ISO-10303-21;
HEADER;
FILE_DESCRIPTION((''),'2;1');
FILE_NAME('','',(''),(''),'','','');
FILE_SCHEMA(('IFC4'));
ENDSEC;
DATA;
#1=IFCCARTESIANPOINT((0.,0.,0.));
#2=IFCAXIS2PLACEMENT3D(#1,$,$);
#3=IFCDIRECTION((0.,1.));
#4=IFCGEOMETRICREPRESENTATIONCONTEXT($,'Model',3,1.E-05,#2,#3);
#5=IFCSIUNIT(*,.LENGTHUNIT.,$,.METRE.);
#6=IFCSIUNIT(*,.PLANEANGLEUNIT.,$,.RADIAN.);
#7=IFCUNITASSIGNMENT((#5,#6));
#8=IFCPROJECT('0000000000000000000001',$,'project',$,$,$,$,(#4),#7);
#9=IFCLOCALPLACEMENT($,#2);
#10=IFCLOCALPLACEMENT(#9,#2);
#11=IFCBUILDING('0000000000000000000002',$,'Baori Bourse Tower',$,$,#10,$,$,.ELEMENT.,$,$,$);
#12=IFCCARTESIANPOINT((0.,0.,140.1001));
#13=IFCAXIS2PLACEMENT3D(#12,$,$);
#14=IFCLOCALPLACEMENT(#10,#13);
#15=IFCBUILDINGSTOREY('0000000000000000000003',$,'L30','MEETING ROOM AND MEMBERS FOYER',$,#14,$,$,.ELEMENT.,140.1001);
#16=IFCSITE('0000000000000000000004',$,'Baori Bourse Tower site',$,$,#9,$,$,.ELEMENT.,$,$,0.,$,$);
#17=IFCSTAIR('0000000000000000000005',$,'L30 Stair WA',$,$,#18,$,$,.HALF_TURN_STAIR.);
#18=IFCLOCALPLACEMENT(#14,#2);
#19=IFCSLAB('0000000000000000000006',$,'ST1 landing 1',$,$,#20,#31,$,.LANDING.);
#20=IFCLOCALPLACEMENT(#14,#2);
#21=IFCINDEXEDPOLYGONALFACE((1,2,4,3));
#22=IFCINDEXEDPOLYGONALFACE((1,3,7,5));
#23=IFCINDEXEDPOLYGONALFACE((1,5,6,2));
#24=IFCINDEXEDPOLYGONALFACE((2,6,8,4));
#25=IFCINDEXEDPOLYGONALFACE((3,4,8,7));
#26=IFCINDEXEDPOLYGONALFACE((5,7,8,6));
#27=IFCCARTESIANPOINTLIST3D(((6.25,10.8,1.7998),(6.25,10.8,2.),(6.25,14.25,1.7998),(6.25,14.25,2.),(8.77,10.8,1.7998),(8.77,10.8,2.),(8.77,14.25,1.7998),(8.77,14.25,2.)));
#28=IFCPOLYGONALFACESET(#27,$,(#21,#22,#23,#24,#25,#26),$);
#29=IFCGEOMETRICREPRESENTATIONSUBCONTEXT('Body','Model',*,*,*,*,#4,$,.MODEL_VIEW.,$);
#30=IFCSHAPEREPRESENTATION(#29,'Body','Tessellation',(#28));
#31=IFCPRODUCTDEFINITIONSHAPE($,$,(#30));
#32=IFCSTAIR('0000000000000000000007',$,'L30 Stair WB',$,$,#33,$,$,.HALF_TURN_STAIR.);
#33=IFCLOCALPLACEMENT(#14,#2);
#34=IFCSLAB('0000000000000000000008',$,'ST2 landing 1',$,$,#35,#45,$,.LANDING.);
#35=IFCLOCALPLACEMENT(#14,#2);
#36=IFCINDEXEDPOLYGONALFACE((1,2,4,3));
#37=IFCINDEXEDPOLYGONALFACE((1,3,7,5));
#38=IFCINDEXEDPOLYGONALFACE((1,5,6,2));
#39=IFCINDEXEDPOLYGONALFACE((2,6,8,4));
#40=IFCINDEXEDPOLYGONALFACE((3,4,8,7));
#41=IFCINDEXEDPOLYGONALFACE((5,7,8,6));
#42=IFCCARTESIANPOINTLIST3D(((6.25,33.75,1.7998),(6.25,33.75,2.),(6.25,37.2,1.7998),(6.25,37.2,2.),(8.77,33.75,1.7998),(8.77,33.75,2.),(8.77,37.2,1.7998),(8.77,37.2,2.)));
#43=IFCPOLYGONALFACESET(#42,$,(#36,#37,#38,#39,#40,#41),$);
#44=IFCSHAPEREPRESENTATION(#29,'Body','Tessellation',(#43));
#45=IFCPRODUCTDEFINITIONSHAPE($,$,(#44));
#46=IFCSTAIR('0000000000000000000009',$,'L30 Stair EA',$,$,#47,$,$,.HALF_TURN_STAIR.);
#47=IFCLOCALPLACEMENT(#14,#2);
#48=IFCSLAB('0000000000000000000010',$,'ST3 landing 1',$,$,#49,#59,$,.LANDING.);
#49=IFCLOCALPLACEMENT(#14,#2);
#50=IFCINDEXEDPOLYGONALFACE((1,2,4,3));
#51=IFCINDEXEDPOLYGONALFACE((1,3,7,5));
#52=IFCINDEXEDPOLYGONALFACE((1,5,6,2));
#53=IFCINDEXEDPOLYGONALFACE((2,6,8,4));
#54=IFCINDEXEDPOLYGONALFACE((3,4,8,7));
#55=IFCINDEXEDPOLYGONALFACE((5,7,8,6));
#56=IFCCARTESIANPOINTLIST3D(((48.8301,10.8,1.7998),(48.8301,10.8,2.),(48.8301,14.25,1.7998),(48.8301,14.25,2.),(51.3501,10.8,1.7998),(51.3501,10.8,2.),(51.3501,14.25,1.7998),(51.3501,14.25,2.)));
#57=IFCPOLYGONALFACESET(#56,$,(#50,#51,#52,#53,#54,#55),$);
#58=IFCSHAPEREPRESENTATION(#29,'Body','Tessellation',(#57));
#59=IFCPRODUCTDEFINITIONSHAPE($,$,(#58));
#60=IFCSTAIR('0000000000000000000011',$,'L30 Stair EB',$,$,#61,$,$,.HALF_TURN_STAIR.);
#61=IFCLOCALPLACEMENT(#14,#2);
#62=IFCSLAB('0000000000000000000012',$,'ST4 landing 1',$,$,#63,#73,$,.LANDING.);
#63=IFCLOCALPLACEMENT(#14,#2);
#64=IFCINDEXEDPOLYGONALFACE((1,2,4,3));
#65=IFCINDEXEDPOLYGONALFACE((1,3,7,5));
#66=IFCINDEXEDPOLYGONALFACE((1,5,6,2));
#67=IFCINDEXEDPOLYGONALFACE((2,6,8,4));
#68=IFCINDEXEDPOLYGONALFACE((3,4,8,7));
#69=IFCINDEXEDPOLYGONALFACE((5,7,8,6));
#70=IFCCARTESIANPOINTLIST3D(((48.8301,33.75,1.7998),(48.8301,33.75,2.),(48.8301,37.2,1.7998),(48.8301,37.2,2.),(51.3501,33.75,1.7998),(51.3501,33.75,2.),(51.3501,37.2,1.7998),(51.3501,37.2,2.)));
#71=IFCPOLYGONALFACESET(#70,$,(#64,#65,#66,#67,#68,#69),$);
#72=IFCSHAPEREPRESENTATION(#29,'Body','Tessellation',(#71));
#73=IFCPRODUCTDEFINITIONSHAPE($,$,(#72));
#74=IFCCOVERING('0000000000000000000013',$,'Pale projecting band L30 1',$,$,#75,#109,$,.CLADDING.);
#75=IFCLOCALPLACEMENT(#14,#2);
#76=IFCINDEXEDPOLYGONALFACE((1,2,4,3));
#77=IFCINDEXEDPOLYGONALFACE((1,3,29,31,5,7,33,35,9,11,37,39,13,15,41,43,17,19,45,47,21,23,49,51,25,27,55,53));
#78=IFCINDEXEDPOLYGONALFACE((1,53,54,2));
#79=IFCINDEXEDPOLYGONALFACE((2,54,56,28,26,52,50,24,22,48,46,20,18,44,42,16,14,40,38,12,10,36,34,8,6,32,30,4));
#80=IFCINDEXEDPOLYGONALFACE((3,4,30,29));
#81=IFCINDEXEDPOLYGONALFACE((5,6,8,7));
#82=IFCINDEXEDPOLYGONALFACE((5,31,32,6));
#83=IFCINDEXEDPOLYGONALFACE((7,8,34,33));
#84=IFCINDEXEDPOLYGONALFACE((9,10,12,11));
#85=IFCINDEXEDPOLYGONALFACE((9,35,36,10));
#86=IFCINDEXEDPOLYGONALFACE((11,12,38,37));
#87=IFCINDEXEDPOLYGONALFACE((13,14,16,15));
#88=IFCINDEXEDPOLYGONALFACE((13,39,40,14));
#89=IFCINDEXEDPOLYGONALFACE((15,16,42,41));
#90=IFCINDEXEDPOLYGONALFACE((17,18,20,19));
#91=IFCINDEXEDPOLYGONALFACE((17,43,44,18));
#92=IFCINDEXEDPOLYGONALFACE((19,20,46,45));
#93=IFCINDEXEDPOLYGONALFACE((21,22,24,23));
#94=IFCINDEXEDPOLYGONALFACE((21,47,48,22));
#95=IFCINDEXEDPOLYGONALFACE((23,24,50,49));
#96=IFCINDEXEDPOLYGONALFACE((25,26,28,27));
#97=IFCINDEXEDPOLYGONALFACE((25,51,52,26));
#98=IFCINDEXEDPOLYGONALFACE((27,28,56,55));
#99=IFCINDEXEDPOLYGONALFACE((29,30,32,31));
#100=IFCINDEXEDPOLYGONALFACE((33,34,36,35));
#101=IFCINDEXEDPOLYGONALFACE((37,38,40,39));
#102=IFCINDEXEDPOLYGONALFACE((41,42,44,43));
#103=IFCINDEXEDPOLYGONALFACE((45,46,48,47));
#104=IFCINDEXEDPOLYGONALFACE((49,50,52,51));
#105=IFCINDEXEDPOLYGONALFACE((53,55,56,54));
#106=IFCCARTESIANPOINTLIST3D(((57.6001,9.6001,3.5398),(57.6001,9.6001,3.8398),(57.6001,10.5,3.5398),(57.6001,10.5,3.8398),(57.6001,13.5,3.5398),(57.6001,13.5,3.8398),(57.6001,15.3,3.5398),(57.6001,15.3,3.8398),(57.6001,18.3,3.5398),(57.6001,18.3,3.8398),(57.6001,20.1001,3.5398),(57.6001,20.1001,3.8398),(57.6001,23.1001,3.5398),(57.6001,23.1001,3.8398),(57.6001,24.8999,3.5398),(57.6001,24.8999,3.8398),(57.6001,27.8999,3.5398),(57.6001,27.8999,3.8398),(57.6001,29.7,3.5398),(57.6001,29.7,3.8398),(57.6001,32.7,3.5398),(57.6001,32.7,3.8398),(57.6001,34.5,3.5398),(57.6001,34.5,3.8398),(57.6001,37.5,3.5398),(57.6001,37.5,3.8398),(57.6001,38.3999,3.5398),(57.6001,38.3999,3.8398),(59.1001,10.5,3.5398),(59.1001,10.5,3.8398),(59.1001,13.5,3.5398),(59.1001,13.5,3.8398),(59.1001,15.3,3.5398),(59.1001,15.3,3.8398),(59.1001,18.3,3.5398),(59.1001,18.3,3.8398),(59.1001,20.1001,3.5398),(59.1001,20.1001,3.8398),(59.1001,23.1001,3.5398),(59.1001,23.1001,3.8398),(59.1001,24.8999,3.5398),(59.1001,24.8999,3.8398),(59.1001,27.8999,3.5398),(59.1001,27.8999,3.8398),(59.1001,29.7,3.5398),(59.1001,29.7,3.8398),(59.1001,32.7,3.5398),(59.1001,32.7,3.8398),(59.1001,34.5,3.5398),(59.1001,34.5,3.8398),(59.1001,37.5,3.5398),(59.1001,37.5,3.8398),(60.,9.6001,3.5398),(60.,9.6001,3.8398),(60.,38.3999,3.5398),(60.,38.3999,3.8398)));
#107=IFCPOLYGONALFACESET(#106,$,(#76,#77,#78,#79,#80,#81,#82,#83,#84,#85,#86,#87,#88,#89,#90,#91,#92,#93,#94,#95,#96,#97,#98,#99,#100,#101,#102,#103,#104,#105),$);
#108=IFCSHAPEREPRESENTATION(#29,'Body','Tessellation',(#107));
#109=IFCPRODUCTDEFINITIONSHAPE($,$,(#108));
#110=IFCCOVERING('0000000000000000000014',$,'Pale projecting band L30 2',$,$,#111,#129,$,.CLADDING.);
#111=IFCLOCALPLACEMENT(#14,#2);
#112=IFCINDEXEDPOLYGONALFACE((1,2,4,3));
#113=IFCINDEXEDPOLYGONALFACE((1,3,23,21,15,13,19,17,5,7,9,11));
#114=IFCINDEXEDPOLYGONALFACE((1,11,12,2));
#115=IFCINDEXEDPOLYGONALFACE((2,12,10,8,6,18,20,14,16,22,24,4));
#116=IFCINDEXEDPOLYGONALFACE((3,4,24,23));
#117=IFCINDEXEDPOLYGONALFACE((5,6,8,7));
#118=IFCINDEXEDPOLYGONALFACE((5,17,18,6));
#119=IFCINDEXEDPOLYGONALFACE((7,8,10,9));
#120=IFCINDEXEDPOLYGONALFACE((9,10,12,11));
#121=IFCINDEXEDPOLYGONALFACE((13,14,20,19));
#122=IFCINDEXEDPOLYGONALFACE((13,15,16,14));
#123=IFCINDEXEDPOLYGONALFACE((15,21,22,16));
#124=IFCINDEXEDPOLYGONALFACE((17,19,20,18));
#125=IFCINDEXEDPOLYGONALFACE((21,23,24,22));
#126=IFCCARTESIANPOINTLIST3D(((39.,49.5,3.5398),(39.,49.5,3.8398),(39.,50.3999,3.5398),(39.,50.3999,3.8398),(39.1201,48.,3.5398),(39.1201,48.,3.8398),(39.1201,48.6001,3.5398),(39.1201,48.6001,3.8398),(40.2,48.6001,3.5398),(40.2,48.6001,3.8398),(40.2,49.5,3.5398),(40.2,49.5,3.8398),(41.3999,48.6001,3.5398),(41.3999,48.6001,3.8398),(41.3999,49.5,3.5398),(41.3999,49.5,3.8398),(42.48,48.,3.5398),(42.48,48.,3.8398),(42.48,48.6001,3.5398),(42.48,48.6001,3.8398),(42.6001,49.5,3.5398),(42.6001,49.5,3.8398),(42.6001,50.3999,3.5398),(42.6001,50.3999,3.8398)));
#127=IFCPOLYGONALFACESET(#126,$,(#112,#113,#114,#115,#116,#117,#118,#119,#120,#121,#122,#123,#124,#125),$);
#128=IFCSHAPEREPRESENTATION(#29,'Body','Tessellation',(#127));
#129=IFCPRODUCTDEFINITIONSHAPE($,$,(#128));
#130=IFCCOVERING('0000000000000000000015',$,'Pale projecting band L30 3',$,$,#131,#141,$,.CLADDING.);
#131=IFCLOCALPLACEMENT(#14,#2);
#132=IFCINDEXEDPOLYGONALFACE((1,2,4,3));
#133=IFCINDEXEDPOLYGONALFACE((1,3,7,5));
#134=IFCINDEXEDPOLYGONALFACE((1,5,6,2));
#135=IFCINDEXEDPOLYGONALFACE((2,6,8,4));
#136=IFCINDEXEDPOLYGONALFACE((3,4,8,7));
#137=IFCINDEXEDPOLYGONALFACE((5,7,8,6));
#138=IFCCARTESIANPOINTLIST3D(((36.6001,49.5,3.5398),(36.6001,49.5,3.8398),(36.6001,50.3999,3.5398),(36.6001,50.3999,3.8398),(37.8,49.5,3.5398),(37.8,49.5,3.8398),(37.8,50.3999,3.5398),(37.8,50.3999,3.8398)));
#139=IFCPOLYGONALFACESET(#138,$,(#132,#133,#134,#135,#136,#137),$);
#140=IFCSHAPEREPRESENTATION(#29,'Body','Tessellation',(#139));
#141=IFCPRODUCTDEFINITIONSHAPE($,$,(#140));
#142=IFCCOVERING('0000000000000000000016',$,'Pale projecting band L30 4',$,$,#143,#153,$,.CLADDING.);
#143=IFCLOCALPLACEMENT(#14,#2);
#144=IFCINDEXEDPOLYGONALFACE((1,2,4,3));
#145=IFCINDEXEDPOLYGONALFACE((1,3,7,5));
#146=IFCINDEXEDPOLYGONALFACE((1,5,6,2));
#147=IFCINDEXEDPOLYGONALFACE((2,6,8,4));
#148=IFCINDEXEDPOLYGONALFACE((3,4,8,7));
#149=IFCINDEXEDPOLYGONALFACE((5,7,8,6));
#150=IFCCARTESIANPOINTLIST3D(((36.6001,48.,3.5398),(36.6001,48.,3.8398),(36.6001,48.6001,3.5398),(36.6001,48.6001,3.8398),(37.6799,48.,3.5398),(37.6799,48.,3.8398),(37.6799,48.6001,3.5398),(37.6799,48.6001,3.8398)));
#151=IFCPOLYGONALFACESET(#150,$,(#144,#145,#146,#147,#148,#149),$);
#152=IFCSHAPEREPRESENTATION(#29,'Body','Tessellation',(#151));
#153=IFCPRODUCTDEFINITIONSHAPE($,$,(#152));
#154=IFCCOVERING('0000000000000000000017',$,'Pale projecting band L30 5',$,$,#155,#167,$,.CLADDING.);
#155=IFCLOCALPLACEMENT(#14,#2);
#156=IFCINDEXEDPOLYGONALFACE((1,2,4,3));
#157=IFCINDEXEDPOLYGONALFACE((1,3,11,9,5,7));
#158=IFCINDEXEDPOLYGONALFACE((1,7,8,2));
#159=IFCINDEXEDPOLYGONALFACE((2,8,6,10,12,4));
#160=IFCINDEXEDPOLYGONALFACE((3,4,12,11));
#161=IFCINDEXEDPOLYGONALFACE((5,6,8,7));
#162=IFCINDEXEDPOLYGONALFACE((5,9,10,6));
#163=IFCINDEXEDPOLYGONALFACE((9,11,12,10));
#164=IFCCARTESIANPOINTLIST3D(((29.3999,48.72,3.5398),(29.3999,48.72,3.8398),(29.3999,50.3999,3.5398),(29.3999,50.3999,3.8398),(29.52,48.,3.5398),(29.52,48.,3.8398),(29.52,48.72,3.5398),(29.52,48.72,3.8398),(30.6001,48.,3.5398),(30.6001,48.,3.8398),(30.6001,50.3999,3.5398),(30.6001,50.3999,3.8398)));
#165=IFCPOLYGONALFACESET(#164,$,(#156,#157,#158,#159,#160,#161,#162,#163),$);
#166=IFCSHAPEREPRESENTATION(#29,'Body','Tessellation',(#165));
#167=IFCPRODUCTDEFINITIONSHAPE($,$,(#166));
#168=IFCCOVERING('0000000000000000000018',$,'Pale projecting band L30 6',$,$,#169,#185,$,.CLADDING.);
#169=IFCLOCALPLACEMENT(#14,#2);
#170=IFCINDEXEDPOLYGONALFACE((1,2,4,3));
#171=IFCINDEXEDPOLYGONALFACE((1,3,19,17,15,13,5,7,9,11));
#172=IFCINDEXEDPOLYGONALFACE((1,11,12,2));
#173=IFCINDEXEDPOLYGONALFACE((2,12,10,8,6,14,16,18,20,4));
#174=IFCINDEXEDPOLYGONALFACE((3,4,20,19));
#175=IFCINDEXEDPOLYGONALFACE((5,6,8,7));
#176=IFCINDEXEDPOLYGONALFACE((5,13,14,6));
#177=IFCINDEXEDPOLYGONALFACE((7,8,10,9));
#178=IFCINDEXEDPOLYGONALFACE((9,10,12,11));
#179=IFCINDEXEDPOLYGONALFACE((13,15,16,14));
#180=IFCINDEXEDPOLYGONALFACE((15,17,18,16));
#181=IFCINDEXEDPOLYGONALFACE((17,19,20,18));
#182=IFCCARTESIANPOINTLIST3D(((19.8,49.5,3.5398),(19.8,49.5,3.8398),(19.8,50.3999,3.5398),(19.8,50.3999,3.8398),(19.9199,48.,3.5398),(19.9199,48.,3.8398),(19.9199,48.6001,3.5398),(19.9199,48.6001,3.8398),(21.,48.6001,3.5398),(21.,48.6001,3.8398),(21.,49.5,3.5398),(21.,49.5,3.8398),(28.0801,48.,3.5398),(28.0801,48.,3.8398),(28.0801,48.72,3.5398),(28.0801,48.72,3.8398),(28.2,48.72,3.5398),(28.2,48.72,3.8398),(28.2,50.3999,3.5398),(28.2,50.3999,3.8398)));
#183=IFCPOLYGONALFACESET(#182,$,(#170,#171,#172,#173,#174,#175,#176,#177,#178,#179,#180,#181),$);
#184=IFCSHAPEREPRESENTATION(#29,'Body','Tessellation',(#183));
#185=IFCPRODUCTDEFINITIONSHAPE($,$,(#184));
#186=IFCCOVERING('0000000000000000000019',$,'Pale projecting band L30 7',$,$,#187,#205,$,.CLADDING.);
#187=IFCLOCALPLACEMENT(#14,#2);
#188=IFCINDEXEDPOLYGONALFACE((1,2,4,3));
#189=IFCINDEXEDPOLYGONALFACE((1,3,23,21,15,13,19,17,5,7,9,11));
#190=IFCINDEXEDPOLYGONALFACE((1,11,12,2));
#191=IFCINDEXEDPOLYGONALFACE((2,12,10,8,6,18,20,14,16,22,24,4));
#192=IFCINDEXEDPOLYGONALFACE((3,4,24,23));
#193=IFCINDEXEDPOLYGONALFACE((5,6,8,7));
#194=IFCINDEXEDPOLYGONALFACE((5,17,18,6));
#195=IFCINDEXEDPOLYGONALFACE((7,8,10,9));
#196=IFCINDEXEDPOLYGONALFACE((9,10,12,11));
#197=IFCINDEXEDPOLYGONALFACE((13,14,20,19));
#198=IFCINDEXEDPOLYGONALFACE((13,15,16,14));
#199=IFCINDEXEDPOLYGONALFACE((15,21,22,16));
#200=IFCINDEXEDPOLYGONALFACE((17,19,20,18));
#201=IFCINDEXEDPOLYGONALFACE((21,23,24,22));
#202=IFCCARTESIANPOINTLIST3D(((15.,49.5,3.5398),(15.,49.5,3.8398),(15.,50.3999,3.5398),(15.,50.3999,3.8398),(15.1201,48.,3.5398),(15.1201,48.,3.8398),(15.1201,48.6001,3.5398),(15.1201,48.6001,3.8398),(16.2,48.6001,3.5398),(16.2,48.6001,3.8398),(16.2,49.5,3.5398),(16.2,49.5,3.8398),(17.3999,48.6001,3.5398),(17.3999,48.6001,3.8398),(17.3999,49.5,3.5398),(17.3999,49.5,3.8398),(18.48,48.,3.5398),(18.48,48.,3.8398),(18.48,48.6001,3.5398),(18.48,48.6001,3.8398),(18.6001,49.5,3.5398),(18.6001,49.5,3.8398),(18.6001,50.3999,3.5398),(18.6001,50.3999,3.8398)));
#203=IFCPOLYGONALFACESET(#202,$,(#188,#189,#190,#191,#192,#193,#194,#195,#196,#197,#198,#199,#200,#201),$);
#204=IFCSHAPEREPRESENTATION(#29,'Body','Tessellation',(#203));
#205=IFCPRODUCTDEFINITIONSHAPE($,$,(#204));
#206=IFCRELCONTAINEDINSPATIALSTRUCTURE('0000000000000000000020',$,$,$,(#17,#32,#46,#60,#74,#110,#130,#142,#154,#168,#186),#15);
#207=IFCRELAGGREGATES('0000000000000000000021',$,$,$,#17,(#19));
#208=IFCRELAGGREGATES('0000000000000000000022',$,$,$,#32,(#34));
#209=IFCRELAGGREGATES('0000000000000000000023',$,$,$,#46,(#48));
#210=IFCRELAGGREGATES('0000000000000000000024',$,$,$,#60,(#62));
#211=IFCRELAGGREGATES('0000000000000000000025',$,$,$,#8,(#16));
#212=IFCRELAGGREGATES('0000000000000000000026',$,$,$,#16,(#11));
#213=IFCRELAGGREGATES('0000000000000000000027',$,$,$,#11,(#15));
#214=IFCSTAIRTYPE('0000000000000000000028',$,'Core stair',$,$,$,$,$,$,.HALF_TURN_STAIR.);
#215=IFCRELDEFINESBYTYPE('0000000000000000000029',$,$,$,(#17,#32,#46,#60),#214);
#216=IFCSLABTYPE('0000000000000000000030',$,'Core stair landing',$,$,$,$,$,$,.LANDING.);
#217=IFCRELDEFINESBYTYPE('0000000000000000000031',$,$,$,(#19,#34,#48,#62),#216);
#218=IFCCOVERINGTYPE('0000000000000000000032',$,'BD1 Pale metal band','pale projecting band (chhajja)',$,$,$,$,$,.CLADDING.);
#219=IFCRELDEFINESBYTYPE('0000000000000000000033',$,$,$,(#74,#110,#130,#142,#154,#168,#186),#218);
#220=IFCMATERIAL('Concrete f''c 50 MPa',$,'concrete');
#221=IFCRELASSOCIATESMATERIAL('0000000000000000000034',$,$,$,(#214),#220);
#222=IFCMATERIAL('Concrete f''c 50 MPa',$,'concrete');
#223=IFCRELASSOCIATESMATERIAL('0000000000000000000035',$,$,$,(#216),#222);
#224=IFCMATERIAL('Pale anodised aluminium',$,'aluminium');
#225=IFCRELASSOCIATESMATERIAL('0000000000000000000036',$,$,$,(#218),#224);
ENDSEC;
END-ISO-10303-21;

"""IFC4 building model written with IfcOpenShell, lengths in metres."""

from ifc_helpers import new_model, si_unit, direction, frame, origin, place, context, subcontext, project, spatial, polyline, outline, extrude, material, type_object, element, aggregate, save


model = new_model("IFC4")

# Units and contexts
model_context = context("Model", 3, precision=1e-05, world=origin(), true_north=direction((0.0, 1.0)))
body_context = subcontext(model_context, "Body", "Model", "MODEL_VIEW")
ifc_project = project(units=[si_unit("LENGTHUNIT", "METRE"), si_unit("PLANEANGLEUNIT", "RADIAN")], contexts=[model_context])

# Site, building, storey
site_placement = place(None, origin())
site = spatial("IfcSite", under=ifc_project, at=site_placement, Name="Baori Bourse Tower site", CompositionType="ELEMENT", RefElevation=0.0)
building_placement = place(site_placement, origin())
building = spatial("IfcBuilding", under=site, at=building_placement, Name="Baori Bourse Tower", CompositionType="ELEMENT")
storey_placement = place(building_placement, frame((0.0, 0.0, 140.1001)))
storey = spatial("IfcBuildingStorey", under=building, at=storey_placement, Name="L30", Description="MEETING ROOM AND MEMBERS FOYER", CompositionType="ELEMENT", Elevation=140.1001)

# Stairs, slabs
ifc_material_1 = material(Name="Concrete f'c 50 MPa", Category="concrete")
stair_type = type_object("IfcStairType", Name="Core stair", PredefinedType="HALF_TURN_STAIR", material=ifc_material_1)
stair_1_placement = place(storey_placement, origin())
stair_1 = element("IfcStair", 1, at=stair_1_placement, inside=storey, type_object=stair_type, Name="L30 Stair WA", PredefinedType="HALF_TURN_STAIR")
ifc_material_2 = material(Name="Concrete f'c 50 MPa", Category="concrete")
slab_type = type_object("IfcSlabType", Name="Core stair landing", PredefinedType="LANDING", material=ifc_material_2)
slab_1_placement = place(storey_placement, frame((0.0, 0.0, 1.7998)))
slab_1 = element("IfcSlab", 2, at=slab_1_placement, type_object=slab_type, Name="ST1 landing 1", PredefinedType="LANDING", context=body_context, shape_type="SweptSolid", body=[
    extrude(outline(polyline([(8.77, 14.25), (6.25, 14.25), (6.25, 10.8), (8.77, 10.8), (8.77, 14.25)])), origin(), (0.0, 0.0, 1.0), 0.2002),
])
aggregate(stair_1, [slab_1])
stair_2_placement = place(storey_placement, origin())
stair_2 = element("IfcStair", 3, at=stair_2_placement, inside=storey, type_object=stair_type, Name="L30 Stair WB", PredefinedType="HALF_TURN_STAIR")
slab_2_placement = place(storey_placement, frame((0.0, 0.0, 1.7998)))
slab_2 = element("IfcSlab", 4, at=slab_2_placement, type_object=slab_type, Name="ST2 landing 1", PredefinedType="LANDING", context=body_context, shape_type="SweptSolid", body=[
    extrude(outline(polyline([(8.77, 37.2), (6.25, 37.2), (6.25, 33.75), (8.77, 33.75), (8.77, 37.2)])), origin(), (0.0, 0.0, 1.0), 0.2002),
])
aggregate(stair_2, [slab_2])
stair_3_placement = place(storey_placement, origin())
stair_3 = element("IfcStair", 5, at=stair_3_placement, inside=storey, type_object=stair_type, Name="L30 Stair EA", PredefinedType="HALF_TURN_STAIR")
slab_3_placement = place(storey_placement, frame((0.0, 0.0, 1.7998)))
slab_3 = element("IfcSlab", 6, at=slab_3_placement, type_object=slab_type, Name="ST3 landing 1", PredefinedType="LANDING", context=body_context, shape_type="SweptSolid", body=[
    extrude(outline(polyline([(48.8301, 10.8), (51.3501, 10.8), (51.3501, 14.25), (48.8301, 14.25), (48.8301, 10.8)])), origin(), (0.0, 0.0, 1.0), 0.2002),
])
aggregate(stair_3, [slab_3])
stair_4_placement = place(storey_placement, origin())
stair_4 = element("IfcStair", 7, at=stair_4_placement, inside=storey, type_object=stair_type, Name="L30 Stair EB", PredefinedType="HALF_TURN_STAIR")
slab_4_placement = place(storey_placement, frame((0.0, 0.0, 1.7998)))
slab_4 = element("IfcSlab", 8, at=slab_4_placement, type_object=slab_type, Name="ST4 landing 1", PredefinedType="LANDING", context=body_context, shape_type="SweptSolid", body=[
    extrude(outline(polyline([(48.8301, 33.75), (51.3501, 33.75), (51.3501, 37.2), (48.8301, 37.2), (48.8301, 33.75)])), origin(), (0.0, 0.0, 1.0), 0.2002),
])
aggregate(stair_4, [slab_4])

# Coverings
ifc_material_3 = material(Name="Pale anodised aluminium", Category="aluminium")
covering_type_1 = type_object("IfcCoveringType", Name="BD1 Pale metal band", Description="pale projecting band (chhajja)", PredefinedType="CLADDING", material=ifc_material_3)
covering_1_placement = place(storey_placement, frame((0.0, 0.0, 3.5398)))
element("IfcCovering", 9, at=covering_1_placement, inside=storey, type_object=covering_type_1, Name="Pale projecting band L30 1", PredefinedType="CLADDING", context=body_context, shape_type="SweptSolid", body=[
    extrude(outline(polyline([(57.6001, 10.5), (57.6001, 9.6001), (60.0, 9.6001), (60.0, 38.3999), (57.6001, 38.3999), (57.6001, 37.5), (59.1001, 37.5), (59.1001, 34.5), (57.6001, 34.5), (57.6001, 32.7), (59.1001, 32.7), (59.1001, 29.7), (57.6001, 29.7), (57.6001, 27.8999), (59.1001, 27.8999), (59.1001, 24.8999), (57.6001, 24.8999), (57.6001, 23.1001), (59.1001, 23.1001), (59.1001, 20.1001), (57.6001, 20.1001), (57.6001, 18.3), (59.1001, 18.3), (59.1001, 15.3), (57.6001, 15.3), (57.6001, 13.5), (59.1001, 13.5), (59.1001, 10.5), (57.6001, 10.5)])), origin(), (0.0, 0.0, 1.0), 0.3),
])
covering_2_placement = place(storey_placement, frame((0.0, 0.0, 3.5398)))
element("IfcCovering", 10, at=covering_2_placement, inside=storey, type_object=covering_type_1, Name="Pale projecting band L30 2", PredefinedType="CLADDING", context=body_context, shape_type="SweptSolid", body=[
    extrude(outline(polyline([(39.1201, 48.0), (42.48, 48.0), (42.48, 48.6001), (41.3999, 48.6001), (41.3999, 49.5), (42.6001, 49.5), (42.6001, 50.3999), (39.0, 50.3999), (39.0, 49.5), (40.2, 49.5), (40.2, 48.6001), (39.1201, 48.6001), (39.1201, 48.0)])), origin(), (0.0, 0.0, 1.0), 0.3),
])
covering_3_placement = place(storey_placement, frame((0.0, 0.0, 3.5398)))
element("IfcCovering", 11, at=covering_3_placement, inside=storey, type_object=covering_type_1, Name="Pale projecting band L30 3", PredefinedType="CLADDING", context=body_context, shape_type="SweptSolid", body=[
    extrude(outline(polyline([(37.8, 50.3999), (36.6001, 50.3999), (36.6001, 49.5), (37.8, 49.5), (37.8, 50.3999)])), origin(), (0.0, 0.0, 1.0), 0.3),
])
covering_4_placement = place(storey_placement, frame((0.0, 0.0, 3.5398)))
element("IfcCovering", 12, at=covering_4_placement, inside=storey, type_object=covering_type_1, Name="Pale projecting band L30 4", PredefinedType="CLADDING", context=body_context, shape_type="SweptSolid", body=[
    extrude(outline(polyline([(36.6001, 48.0), (37.6799, 48.0), (37.6799, 48.6001), (36.6001, 48.6001), (36.6001, 48.0)])), origin(), (0.0, 0.0, 1.0), 0.3),
])
covering_5_placement = place(storey_placement, frame((0.0, 0.0, 3.5398)))
element("IfcCovering", 13, at=covering_5_placement, inside=storey, type_object=covering_type_1, Name="Pale projecting band L30 5", PredefinedType="CLADDING", context=body_context, shape_type="SweptSolid", body=[
    extrude(outline(polyline([(29.52, 48.0), (30.6001, 48.0), (30.6001, 50.3999), (29.3999, 50.3999), (29.3999, 48.72), (29.52, 48.72), (29.52, 48.0)])), origin(), (0.0, 0.0, 1.0), 0.3),
])
covering_6_placement = place(storey_placement, frame((0.0, 0.0, 3.5398)))
element("IfcCovering", 14, at=covering_6_placement, inside=storey, type_object=covering_type_1, Name="Pale projecting band L30 6", PredefinedType="CLADDING", context=body_context, shape_type="SweptSolid", body=[
    extrude(outline(polyline([(19.9199, 48.0), (28.0801, 48.0), (28.0801, 48.72), (28.2, 48.72), (28.2, 50.3999), (19.8, 50.3999), (19.8, 49.5), (21.0, 49.5), (21.0, 48.6001), (19.9199, 48.6001), (19.9199, 48.0)])), origin(), (0.0, 0.0, 1.0), 0.3),
])
covering_7_placement = place(storey_placement, frame((0.0, 0.0, 3.5398)))
element("IfcCovering", 15, at=covering_7_placement, inside=storey, type_object=covering_type_1, Name="Pale projecting band L30 7", PredefinedType="CLADDING", context=body_context, shape_type="SweptSolid", body=[
    extrude(outline(polyline([(15.1201, 48.0), (18.48, 48.0), (18.48, 48.6001), (17.3999, 48.6001), (17.3999, 49.5), (18.6001, 49.5), (18.6001, 50.3999), (15.0, 50.3999), (15.0, 49.5), (16.2, 49.5), (16.2, 48.6001), (15.1201, 48.6001), (15.1201, 48.0)])), origin(), (0.0, 0.0, 1.0), 0.3),
])

save(model, "model.ifc")
